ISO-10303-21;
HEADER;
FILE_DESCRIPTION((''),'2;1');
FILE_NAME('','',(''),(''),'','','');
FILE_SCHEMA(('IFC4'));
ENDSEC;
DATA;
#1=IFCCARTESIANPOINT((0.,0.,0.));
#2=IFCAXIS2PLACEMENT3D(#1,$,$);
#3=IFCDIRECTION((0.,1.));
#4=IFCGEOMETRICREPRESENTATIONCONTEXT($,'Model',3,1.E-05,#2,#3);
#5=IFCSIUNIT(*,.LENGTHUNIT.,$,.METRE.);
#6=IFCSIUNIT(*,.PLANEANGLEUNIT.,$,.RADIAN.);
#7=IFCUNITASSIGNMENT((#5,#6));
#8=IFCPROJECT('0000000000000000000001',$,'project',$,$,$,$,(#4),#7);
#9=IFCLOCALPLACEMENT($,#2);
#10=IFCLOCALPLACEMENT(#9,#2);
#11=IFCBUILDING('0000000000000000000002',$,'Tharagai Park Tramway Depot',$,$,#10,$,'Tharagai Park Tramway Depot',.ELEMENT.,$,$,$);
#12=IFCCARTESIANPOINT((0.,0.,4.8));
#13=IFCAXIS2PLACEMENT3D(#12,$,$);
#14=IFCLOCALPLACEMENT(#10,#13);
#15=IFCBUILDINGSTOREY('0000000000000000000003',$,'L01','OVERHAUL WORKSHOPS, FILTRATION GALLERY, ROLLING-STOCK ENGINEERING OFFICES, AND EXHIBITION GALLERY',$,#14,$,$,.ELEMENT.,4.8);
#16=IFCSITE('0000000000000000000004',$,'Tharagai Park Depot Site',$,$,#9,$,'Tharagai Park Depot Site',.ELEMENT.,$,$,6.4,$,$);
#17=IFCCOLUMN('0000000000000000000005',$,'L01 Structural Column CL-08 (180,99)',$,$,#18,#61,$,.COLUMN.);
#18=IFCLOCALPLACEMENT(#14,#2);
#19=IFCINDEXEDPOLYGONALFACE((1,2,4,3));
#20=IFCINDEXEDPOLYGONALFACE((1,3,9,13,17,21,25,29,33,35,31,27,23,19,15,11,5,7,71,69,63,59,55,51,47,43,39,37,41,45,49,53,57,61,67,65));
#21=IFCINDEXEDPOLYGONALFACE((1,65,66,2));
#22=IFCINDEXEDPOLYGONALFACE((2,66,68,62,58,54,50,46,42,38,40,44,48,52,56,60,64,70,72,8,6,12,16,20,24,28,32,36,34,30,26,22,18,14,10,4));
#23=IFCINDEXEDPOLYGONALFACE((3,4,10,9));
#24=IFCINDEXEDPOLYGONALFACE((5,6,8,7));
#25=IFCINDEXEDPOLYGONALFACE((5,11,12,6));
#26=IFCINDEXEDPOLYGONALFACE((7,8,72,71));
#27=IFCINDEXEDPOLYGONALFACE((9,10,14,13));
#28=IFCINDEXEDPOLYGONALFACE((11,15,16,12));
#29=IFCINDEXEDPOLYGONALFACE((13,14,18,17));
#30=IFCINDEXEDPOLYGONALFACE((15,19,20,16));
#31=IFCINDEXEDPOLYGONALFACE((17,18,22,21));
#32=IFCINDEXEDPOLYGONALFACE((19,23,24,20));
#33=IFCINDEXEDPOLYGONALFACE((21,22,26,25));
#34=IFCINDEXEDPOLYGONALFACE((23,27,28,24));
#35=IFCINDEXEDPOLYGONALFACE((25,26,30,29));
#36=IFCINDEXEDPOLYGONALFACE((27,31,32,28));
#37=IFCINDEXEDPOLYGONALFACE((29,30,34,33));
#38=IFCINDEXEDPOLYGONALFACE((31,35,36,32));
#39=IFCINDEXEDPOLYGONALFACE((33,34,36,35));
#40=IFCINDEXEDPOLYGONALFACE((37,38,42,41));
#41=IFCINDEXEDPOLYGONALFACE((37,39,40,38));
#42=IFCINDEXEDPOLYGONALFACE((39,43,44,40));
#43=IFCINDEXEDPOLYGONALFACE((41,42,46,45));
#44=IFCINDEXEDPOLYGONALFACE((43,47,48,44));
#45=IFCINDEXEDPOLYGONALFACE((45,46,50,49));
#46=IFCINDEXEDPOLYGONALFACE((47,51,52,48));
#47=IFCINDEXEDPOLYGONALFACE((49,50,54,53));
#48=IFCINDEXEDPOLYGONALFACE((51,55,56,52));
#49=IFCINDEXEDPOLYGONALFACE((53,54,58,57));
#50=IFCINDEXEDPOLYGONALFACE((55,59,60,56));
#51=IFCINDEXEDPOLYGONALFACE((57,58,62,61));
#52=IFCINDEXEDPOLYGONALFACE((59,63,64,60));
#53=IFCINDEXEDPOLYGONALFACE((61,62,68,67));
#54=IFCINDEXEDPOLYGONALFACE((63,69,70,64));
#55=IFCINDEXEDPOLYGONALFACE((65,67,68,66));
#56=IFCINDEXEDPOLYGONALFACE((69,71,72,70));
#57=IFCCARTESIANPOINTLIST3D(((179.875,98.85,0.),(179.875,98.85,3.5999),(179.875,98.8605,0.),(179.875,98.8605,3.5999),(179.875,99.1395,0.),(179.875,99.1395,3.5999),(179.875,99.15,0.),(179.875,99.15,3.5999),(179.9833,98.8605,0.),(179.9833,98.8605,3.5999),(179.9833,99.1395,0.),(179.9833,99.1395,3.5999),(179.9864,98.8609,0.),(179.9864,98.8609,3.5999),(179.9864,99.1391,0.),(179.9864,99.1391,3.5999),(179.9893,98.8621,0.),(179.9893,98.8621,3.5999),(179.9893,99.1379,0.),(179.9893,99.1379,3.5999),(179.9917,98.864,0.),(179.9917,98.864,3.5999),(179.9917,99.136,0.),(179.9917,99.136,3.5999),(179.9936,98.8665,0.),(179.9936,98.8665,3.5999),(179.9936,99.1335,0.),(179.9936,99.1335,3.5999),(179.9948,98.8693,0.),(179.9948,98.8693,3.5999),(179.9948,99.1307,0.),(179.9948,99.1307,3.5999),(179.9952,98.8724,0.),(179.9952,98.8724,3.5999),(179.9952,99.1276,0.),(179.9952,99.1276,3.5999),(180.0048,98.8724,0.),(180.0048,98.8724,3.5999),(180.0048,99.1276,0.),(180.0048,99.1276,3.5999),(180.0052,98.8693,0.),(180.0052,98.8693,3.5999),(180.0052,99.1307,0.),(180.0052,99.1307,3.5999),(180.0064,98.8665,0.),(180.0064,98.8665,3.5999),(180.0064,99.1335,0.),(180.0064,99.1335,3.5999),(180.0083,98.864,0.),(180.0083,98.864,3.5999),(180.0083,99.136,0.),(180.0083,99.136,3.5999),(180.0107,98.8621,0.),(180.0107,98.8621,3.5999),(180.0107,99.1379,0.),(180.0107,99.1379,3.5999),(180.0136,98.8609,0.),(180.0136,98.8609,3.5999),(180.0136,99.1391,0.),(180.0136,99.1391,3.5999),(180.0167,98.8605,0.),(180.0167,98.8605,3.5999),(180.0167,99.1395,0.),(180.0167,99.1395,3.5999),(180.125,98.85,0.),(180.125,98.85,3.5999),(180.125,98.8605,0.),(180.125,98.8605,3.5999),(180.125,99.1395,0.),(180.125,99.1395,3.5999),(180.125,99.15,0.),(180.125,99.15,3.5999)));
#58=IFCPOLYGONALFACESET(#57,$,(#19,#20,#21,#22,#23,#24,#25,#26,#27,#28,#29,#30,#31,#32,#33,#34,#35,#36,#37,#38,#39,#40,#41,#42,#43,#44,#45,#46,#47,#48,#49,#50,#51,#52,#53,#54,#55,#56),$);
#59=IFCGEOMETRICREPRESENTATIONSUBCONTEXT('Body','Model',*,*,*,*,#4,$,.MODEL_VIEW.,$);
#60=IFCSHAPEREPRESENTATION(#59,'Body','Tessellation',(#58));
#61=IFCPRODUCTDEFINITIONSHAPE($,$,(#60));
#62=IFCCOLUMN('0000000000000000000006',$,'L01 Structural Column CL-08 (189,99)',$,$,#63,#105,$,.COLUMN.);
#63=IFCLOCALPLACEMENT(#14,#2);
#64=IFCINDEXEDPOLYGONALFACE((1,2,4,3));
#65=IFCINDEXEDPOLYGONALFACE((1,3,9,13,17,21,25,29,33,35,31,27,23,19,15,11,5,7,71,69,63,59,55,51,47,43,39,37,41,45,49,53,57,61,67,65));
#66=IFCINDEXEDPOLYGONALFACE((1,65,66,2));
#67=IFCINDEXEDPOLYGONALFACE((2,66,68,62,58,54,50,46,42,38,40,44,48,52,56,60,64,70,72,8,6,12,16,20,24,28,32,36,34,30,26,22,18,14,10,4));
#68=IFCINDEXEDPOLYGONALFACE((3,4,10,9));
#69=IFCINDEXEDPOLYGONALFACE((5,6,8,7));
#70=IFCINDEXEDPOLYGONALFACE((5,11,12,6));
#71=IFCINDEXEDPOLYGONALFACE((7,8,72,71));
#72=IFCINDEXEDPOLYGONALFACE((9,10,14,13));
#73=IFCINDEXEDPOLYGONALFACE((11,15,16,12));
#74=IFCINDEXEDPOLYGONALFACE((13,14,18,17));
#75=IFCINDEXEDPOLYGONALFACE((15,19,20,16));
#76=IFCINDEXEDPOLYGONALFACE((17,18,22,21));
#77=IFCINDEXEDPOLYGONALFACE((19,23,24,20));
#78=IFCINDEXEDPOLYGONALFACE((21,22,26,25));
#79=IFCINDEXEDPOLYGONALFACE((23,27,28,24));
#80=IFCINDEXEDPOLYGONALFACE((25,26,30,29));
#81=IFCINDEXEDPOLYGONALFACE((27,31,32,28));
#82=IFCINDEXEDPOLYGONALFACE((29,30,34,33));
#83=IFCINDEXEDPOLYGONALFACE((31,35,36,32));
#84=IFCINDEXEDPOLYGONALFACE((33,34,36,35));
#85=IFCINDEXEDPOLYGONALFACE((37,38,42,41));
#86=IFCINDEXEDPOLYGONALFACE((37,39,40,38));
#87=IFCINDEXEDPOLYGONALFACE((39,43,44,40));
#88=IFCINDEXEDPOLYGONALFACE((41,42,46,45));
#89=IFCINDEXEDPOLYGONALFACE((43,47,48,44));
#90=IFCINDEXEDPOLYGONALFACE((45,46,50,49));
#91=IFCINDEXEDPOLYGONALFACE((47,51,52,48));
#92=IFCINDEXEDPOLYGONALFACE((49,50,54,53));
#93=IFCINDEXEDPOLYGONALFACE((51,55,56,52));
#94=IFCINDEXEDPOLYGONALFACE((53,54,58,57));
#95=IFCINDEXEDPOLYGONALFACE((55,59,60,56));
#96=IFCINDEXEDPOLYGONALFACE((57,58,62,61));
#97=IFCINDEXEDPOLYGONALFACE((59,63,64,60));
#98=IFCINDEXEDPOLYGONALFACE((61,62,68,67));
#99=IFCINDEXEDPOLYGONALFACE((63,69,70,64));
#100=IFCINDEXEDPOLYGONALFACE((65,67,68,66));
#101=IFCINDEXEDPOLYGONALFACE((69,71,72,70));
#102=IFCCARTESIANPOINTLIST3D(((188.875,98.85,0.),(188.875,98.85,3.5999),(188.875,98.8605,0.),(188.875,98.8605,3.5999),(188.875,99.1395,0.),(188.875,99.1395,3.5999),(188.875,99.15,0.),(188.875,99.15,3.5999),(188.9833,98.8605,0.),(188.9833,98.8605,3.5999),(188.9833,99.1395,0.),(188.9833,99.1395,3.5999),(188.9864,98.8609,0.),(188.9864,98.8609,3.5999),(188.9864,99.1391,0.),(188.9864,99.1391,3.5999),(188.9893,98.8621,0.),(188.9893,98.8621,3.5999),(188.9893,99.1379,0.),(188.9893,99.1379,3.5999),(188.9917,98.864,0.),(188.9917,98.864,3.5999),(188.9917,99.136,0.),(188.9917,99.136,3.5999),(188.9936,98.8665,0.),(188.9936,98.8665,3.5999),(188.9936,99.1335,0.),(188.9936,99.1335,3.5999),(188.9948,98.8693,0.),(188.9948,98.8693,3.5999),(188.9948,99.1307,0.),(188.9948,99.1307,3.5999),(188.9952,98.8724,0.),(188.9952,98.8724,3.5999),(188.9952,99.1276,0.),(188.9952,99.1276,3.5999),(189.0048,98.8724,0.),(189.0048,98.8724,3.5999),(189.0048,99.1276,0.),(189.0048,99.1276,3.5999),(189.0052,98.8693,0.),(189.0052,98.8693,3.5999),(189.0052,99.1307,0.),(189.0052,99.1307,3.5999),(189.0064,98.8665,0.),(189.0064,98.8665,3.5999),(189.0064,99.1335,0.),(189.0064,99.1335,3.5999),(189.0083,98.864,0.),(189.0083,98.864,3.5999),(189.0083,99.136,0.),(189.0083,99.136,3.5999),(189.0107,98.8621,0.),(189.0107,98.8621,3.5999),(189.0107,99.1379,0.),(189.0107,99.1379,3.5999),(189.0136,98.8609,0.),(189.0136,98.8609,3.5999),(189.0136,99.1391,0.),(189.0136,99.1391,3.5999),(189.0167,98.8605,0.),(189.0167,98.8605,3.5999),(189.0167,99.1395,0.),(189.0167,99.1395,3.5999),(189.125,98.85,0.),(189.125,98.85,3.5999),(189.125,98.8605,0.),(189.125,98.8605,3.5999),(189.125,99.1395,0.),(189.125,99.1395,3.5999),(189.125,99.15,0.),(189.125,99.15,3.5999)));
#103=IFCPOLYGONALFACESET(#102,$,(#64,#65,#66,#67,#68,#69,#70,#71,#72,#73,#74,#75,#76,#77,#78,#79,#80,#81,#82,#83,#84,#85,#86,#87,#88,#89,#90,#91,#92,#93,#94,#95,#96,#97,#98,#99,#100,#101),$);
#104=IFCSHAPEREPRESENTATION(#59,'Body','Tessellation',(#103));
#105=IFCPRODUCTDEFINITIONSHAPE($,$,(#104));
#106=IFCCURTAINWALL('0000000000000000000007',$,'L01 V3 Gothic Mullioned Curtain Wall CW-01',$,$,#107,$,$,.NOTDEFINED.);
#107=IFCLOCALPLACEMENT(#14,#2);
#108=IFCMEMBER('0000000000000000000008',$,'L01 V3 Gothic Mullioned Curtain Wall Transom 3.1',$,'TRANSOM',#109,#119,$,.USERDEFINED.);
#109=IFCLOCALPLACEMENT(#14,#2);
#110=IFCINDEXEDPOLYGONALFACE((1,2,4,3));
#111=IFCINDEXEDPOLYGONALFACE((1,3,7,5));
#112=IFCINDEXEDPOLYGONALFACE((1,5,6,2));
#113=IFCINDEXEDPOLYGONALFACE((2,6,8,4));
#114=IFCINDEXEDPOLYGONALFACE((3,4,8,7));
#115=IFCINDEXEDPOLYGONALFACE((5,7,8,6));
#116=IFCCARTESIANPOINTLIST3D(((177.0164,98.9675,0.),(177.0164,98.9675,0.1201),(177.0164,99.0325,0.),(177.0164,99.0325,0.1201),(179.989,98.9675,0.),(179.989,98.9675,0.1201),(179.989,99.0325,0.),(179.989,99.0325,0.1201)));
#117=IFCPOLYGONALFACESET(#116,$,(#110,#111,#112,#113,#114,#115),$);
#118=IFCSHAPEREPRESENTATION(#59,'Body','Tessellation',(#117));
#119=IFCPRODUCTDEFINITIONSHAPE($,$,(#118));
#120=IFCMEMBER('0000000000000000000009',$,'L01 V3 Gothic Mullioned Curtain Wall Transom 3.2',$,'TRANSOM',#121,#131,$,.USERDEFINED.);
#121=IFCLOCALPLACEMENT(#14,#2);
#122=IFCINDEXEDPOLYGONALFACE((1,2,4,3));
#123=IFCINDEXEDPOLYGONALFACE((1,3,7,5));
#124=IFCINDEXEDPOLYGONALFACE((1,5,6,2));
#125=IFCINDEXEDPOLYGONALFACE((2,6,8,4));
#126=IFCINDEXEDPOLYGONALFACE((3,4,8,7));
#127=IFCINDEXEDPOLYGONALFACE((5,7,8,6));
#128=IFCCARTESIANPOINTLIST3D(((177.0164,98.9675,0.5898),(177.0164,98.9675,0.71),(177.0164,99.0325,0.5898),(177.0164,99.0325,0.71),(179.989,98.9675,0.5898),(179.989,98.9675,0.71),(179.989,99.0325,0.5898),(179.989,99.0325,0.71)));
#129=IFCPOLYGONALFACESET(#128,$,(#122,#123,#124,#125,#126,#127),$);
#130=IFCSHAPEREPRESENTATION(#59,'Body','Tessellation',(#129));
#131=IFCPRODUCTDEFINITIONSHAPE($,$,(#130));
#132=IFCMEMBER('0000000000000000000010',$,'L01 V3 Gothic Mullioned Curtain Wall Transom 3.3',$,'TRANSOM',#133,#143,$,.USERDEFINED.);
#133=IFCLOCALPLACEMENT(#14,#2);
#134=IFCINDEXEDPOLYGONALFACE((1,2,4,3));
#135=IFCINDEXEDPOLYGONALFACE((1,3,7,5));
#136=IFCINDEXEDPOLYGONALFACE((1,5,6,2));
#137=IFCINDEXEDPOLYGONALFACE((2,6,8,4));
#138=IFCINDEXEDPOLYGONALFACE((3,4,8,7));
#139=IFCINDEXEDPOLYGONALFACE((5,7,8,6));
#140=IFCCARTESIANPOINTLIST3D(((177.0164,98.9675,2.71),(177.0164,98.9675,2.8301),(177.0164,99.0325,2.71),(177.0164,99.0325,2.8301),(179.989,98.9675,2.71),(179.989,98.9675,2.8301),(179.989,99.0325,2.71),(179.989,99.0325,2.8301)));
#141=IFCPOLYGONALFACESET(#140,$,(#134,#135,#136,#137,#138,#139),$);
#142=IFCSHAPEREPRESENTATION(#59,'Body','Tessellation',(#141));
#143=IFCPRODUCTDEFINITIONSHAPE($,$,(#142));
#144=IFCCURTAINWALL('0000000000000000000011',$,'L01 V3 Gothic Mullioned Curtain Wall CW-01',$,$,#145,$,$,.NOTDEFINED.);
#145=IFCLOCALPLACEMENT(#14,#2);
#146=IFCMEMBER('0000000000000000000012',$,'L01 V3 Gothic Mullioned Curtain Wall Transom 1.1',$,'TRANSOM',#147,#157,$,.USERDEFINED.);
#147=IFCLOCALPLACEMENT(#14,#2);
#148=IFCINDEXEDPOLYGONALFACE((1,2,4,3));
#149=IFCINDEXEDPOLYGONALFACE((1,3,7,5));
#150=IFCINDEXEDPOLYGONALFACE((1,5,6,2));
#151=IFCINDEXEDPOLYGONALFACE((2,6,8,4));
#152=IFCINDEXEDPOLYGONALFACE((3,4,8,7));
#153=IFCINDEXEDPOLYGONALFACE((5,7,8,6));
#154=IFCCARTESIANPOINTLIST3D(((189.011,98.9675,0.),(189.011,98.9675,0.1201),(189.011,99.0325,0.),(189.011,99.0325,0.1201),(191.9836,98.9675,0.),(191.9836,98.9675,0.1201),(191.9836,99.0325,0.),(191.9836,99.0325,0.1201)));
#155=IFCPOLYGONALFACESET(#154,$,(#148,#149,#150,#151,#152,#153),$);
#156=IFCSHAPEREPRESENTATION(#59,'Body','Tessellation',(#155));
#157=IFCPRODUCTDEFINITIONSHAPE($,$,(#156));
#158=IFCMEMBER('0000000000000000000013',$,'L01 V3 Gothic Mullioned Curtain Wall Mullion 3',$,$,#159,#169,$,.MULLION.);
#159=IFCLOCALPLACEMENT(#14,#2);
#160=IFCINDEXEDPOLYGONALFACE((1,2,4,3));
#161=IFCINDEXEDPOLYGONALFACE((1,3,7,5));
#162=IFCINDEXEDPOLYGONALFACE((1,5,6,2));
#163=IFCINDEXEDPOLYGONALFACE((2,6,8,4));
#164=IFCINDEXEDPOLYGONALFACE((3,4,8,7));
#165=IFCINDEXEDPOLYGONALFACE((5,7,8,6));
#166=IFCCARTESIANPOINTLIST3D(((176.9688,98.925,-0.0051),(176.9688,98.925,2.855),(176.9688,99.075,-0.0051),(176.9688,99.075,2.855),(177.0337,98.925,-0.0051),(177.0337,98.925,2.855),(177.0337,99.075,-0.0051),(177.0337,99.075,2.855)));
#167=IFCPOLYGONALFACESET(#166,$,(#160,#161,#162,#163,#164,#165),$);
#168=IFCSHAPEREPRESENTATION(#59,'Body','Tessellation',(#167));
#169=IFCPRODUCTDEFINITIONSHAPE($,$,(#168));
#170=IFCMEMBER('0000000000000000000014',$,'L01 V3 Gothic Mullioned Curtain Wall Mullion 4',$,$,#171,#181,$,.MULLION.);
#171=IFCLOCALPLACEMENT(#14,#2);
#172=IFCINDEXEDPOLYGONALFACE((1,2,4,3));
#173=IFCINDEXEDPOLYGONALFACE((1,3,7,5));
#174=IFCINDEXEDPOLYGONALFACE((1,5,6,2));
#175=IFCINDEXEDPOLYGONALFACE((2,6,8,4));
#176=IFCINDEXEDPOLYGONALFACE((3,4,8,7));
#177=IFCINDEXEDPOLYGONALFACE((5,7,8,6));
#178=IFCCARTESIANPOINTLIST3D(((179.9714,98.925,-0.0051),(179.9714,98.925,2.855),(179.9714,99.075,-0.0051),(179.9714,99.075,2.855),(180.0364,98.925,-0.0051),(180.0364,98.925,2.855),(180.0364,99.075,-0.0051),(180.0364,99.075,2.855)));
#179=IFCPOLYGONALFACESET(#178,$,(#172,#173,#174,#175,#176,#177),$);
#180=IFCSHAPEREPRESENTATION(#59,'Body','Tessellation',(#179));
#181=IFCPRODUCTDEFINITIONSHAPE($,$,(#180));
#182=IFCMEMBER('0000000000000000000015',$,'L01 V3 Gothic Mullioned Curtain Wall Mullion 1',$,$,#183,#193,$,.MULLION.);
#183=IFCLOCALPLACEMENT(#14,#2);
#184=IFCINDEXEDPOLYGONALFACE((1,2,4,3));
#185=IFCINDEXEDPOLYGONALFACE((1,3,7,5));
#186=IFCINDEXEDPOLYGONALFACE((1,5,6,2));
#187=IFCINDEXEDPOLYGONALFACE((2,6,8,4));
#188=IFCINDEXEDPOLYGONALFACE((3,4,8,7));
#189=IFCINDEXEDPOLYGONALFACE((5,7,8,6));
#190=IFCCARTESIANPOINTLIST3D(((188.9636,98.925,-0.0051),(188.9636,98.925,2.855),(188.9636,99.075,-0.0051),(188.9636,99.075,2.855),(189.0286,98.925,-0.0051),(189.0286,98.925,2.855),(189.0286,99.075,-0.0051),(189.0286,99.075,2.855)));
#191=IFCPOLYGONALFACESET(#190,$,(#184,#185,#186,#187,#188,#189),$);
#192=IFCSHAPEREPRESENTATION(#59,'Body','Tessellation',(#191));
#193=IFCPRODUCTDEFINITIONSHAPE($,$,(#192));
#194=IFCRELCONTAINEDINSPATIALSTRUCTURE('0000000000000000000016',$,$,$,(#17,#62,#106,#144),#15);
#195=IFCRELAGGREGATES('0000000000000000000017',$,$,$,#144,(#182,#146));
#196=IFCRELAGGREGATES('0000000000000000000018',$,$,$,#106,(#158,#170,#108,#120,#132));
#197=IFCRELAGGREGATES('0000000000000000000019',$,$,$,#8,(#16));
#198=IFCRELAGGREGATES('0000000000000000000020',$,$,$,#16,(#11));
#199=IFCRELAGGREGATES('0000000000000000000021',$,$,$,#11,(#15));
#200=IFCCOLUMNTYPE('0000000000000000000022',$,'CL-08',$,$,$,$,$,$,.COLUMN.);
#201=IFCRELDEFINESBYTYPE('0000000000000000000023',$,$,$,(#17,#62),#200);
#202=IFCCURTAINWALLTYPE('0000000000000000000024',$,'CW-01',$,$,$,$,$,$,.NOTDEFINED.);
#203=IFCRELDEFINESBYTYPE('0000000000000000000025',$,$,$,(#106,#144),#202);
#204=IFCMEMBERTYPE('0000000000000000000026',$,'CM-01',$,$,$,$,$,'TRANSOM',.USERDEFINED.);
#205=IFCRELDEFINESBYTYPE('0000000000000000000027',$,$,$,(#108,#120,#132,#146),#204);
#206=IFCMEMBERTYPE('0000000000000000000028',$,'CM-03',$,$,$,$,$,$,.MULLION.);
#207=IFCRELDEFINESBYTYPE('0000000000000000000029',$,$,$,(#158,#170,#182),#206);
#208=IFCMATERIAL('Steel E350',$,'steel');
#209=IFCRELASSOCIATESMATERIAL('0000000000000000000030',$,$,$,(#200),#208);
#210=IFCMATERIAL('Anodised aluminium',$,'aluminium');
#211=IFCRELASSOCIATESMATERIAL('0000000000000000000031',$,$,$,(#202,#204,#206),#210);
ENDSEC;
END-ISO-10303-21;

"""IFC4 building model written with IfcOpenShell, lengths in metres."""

from ifc_helpers import new_model, si_unit, direction, frame, origin, origin_2d, place, context, subcontext, project, spatial, rectangle, i_section, extrude, material, material_profile, profile_set, type_object, element, aggregate, save


model = new_model("IFC4")

# Units and contexts
model_context = context("Model", 3, precision=1e-05, world=origin(), true_north=direction((0.0, 1.0)))
body_context = subcontext(model_context, "Body", "Model", "MODEL_VIEW")
ifc_project = project(units=[si_unit("LENGTHUNIT", "METRE"), si_unit("PLANEANGLEUNIT", "RADIAN")], contexts=[model_context])

# Site, building, storey
site_placement = place(None, origin())
site = spatial("IfcSite", under=ifc_project, at=site_placement, Name="Tharagai Park Depot Site", LongName="Tharagai Park Depot Site", CompositionType="ELEMENT", RefElevation=6.4)
building_placement = place(site_placement, origin())
building = spatial("IfcBuilding", under=site, at=building_placement, Name="Tharagai Park Tramway Depot", LongName="Tharagai Park Tramway Depot", CompositionType="ELEMENT")
storey_placement = place(building_placement, frame((0.0, 0.0, 4.8)))
storey = spatial("IfcBuildingStorey", under=building, at=storey_placement, Name="L01", Description="OVERHAUL WORKSHOPS, FILTRATION GALLERY, ROLLING-STOCK ENGINEERING OFFICES, AND EXHIBITION GALLERY", CompositionType="ELEMENT", Elevation=4.8)

# Columns
ifc_material_1 = material(Name="Steel E350", Category="steel")
ifc_material_profile_1 = material_profile(ifc_material_1, i_section(OverallWidth=0.25, OverallDepth=0.3, WebThickness=0.0095, FlangeThickness=0.0105, FilletRadius=0.012, at=origin_2d()), Name="ISHB 300")
ifc_profile_set_1 = profile_set([ifc_material_profile_1], Name="Steel E350")
column_type = type_object("IfcColumnType", Name="CL-08", PredefinedType="COLUMN", material=ifc_profile_set_1)
for number, where, z_axis, x_axis, name in (
    (1, (180.0, 99.0, 0.0), (0.0, 0.0, 1.0), (1.0, 0.0, 0.0), "L01 Structural Column CL-08 (180,99)"),
    (2, (189.0, 99.0, 0.0), (0.0, 0.0, 1.0), (1.0, 0.0, 0.0), "L01 Structural Column CL-08 (189,99)"),
):
    element("IfcColumn", number, at=place(storey_placement, frame(where, z_axis=z_axis, x_axis=x_axis)), inside=storey, type_object=column_type, Name=name, PredefinedType="COLUMN", context=body_context, shape_type="SweptSolid", body=[
        extrude(i_section(OverallWidth=0.25, OverallDepth=0.3, WebThickness=0.0095, FlangeThickness=0.0105, FilletRadius=0.012, at=origin_2d()), origin(), (0.0, 0.0, 1.0), 3.5999),
    ])

# Curtain wall, members
ifc_material_2 = material(Name="Anodised aluminium", Category="aluminium")
curtain_wall_type = type_object("IfcCurtainWallType", Name="CW-01", PredefinedType="NOTDEFINED", material=ifc_material_2)
curtain_wall_1_placement = place(storey_placement, origin())
curtain_wall_1 = element("IfcCurtainWall", 3, at=curtain_wall_1_placement, inside=storey, type_object=curtain_wall_type, Name="L01 V3 Gothic Mullioned Curtain Wall CW-01", PredefinedType="NOTDEFINED")
ifc_material_profile_2 = material_profile(ifc_material_2, rectangle(XDim=0.0649, YDim=0.1201, at=origin_2d()), Name="ALU 65x120")
ifc_profile_set_2 = profile_set([ifc_material_profile_2], Name="Anodised aluminium")
member_type_1 = type_object("IfcMemberType", Name="CM-01", ElementType="TRANSOM", PredefinedType="USERDEFINED", material=ifc_profile_set_2)
member_1_placement = place(storey_placement, frame((177.0164, 99.0, 0.0601), z_axis=(1.0, 0.0, 0.0), x_axis=(0.0, 1.0, 0.0)))
member_1 = element("IfcMember", 4, at=member_1_placement, type_object=member_type_1, Name="L01 V3 Gothic Mullioned Curtain Wall Transom 3.1", ObjectType="TRANSOM", PredefinedType="USERDEFINED", context=body_context, shape_type="SweptSolid", body=[
    extrude(rectangle(XDim=0.0649, YDim=0.1201, at=origin_2d()), origin(), (0.0, 0.0, 1.0), 2.9727),
])
member_2_placement = place(storey_placement, frame((177.0164, 99.0, 0.6499), z_axis=(1.0, 0.0, 0.0), x_axis=(0.0, 1.0, 0.0)))
member_2 = element("IfcMember", 5, at=member_2_placement, type_object=member_type_1, Name="L01 V3 Gothic Mullioned Curtain Wall Transom 3.2", ObjectType="TRANSOM", PredefinedType="USERDEFINED", context=body_context, shape_type="SweptSolid", body=[
    extrude(rectangle(XDim=0.0649, YDim=0.1201, at=origin_2d()), origin(), (0.0, 0.0, 1.0), 2.9727),
])
member_3_placement = place(storey_placement, frame((177.0164, 99.0, 2.77), z_axis=(1.0, 0.0, 0.0), x_axis=(0.0, 1.0, 0.0)))
member_3 = element("IfcMember", 6, at=member_3_placement, type_object=member_type_1, Name="L01 V3 Gothic Mullioned Curtain Wall Transom 3.3", ObjectType="TRANSOM", PredefinedType="USERDEFINED", context=body_context, shape_type="SweptSolid", body=[
    extrude(rectangle(XDim=0.0649, YDim=0.1201, at=origin_2d()), origin(), (0.0, 0.0, 1.0), 2.9727),
])

# Curtain wall, member
curtain_wall_2_placement = place(storey_placement, origin())
curtain_wall_2 = element("IfcCurtainWall", 7, at=curtain_wall_2_placement, inside=storey, type_object=curtain_wall_type, Name="L01 V3 Gothic Mullioned Curtain Wall CW-01", PredefinedType="NOTDEFINED")
member_4_placement = place(storey_placement, frame((189.011, 99.0, 0.0601), z_axis=(1.0, 0.0, 0.0), x_axis=(0.0, 1.0, 0.0)))
member_4 = element("IfcMember", 8, at=member_4_placement, type_object=member_type_1, Name="L01 V3 Gothic Mullioned Curtain Wall Transom 1.1", ObjectType="TRANSOM", PredefinedType="USERDEFINED", context=body_context, shape_type="SweptSolid", body=[
    extrude(rectangle(XDim=0.0649, YDim=0.1201, at=origin_2d()), origin(), (0.0, 0.0, 1.0), 2.9727),
])

# Members
ifc_material_profile_3 = material_profile(ifc_material_2, rectangle(XDim=0.0649, YDim=0.1499, at=origin_2d()), Name="ALU 65x150")
ifc_profile_set_3 = profile_set([ifc_material_profile_3], Name="Anodised aluminium")
member_type_2 = type_object("IfcMemberType", Name="CM-03", PredefinedType="MULLION", material=ifc_profile_set_3)
member_5_placement = place(storey_placement, frame((177.0012, 99.0, -0.0051), z_axis=(0.0, 0.0, 1.0), x_axis=(1.0, 0.0, 0.0)))
member_5 = element("IfcMember", 9, at=member_5_placement, type_object=member_type_2, Name="L01 V3 Gothic Mullioned Curtain Wall Mullion 3", PredefinedType="MULLION", context=body_context, shape_type="SweptSolid", body=[
    extrude(rectangle(XDim=0.0649, YDim=0.1499, at=origin_2d()), origin(), (0.0, 0.0, 1.0), 2.8601),
])
member_6_placement = place(storey_placement, frame((180.0039, 99.0, -0.0051), z_axis=(0.0, 0.0, 1.0), x_axis=(1.0, 0.0, 0.0)))
member_6 = element("IfcMember", 10, at=member_6_placement, type_object=member_type_2, Name="L01 V3 Gothic Mullioned Curtain Wall Mullion 4", PredefinedType="MULLION", context=body_context, shape_type="SweptSolid", body=[
    extrude(rectangle(XDim=0.0649, YDim=0.1499, at=origin_2d()), origin(), (0.0, 0.0, 1.0), 2.8601),
])
member_7_placement = place(storey_placement, frame((188.9961, 99.0, -0.0051), z_axis=(0.0, 0.0, 1.0), x_axis=(1.0, 0.0, 0.0)))
member_7 = element("IfcMember", 11, at=member_7_placement, type_object=member_type_2, Name="L01 V3 Gothic Mullioned Curtain Wall Mullion 1", PredefinedType="MULLION", context=body_context, shape_type="SweptSolid", body=[
    extrude(rectangle(XDim=0.0649, YDim=0.1499, at=origin_2d()), origin(), (0.0, 0.0, 1.0), 2.8601),
])
aggregate(curtain_wall_2, [member_7, member_4])

aggregate(curtain_wall_1, [member_5, member_6, member_1, member_2, member_3])

save(model, "model.ifc")
